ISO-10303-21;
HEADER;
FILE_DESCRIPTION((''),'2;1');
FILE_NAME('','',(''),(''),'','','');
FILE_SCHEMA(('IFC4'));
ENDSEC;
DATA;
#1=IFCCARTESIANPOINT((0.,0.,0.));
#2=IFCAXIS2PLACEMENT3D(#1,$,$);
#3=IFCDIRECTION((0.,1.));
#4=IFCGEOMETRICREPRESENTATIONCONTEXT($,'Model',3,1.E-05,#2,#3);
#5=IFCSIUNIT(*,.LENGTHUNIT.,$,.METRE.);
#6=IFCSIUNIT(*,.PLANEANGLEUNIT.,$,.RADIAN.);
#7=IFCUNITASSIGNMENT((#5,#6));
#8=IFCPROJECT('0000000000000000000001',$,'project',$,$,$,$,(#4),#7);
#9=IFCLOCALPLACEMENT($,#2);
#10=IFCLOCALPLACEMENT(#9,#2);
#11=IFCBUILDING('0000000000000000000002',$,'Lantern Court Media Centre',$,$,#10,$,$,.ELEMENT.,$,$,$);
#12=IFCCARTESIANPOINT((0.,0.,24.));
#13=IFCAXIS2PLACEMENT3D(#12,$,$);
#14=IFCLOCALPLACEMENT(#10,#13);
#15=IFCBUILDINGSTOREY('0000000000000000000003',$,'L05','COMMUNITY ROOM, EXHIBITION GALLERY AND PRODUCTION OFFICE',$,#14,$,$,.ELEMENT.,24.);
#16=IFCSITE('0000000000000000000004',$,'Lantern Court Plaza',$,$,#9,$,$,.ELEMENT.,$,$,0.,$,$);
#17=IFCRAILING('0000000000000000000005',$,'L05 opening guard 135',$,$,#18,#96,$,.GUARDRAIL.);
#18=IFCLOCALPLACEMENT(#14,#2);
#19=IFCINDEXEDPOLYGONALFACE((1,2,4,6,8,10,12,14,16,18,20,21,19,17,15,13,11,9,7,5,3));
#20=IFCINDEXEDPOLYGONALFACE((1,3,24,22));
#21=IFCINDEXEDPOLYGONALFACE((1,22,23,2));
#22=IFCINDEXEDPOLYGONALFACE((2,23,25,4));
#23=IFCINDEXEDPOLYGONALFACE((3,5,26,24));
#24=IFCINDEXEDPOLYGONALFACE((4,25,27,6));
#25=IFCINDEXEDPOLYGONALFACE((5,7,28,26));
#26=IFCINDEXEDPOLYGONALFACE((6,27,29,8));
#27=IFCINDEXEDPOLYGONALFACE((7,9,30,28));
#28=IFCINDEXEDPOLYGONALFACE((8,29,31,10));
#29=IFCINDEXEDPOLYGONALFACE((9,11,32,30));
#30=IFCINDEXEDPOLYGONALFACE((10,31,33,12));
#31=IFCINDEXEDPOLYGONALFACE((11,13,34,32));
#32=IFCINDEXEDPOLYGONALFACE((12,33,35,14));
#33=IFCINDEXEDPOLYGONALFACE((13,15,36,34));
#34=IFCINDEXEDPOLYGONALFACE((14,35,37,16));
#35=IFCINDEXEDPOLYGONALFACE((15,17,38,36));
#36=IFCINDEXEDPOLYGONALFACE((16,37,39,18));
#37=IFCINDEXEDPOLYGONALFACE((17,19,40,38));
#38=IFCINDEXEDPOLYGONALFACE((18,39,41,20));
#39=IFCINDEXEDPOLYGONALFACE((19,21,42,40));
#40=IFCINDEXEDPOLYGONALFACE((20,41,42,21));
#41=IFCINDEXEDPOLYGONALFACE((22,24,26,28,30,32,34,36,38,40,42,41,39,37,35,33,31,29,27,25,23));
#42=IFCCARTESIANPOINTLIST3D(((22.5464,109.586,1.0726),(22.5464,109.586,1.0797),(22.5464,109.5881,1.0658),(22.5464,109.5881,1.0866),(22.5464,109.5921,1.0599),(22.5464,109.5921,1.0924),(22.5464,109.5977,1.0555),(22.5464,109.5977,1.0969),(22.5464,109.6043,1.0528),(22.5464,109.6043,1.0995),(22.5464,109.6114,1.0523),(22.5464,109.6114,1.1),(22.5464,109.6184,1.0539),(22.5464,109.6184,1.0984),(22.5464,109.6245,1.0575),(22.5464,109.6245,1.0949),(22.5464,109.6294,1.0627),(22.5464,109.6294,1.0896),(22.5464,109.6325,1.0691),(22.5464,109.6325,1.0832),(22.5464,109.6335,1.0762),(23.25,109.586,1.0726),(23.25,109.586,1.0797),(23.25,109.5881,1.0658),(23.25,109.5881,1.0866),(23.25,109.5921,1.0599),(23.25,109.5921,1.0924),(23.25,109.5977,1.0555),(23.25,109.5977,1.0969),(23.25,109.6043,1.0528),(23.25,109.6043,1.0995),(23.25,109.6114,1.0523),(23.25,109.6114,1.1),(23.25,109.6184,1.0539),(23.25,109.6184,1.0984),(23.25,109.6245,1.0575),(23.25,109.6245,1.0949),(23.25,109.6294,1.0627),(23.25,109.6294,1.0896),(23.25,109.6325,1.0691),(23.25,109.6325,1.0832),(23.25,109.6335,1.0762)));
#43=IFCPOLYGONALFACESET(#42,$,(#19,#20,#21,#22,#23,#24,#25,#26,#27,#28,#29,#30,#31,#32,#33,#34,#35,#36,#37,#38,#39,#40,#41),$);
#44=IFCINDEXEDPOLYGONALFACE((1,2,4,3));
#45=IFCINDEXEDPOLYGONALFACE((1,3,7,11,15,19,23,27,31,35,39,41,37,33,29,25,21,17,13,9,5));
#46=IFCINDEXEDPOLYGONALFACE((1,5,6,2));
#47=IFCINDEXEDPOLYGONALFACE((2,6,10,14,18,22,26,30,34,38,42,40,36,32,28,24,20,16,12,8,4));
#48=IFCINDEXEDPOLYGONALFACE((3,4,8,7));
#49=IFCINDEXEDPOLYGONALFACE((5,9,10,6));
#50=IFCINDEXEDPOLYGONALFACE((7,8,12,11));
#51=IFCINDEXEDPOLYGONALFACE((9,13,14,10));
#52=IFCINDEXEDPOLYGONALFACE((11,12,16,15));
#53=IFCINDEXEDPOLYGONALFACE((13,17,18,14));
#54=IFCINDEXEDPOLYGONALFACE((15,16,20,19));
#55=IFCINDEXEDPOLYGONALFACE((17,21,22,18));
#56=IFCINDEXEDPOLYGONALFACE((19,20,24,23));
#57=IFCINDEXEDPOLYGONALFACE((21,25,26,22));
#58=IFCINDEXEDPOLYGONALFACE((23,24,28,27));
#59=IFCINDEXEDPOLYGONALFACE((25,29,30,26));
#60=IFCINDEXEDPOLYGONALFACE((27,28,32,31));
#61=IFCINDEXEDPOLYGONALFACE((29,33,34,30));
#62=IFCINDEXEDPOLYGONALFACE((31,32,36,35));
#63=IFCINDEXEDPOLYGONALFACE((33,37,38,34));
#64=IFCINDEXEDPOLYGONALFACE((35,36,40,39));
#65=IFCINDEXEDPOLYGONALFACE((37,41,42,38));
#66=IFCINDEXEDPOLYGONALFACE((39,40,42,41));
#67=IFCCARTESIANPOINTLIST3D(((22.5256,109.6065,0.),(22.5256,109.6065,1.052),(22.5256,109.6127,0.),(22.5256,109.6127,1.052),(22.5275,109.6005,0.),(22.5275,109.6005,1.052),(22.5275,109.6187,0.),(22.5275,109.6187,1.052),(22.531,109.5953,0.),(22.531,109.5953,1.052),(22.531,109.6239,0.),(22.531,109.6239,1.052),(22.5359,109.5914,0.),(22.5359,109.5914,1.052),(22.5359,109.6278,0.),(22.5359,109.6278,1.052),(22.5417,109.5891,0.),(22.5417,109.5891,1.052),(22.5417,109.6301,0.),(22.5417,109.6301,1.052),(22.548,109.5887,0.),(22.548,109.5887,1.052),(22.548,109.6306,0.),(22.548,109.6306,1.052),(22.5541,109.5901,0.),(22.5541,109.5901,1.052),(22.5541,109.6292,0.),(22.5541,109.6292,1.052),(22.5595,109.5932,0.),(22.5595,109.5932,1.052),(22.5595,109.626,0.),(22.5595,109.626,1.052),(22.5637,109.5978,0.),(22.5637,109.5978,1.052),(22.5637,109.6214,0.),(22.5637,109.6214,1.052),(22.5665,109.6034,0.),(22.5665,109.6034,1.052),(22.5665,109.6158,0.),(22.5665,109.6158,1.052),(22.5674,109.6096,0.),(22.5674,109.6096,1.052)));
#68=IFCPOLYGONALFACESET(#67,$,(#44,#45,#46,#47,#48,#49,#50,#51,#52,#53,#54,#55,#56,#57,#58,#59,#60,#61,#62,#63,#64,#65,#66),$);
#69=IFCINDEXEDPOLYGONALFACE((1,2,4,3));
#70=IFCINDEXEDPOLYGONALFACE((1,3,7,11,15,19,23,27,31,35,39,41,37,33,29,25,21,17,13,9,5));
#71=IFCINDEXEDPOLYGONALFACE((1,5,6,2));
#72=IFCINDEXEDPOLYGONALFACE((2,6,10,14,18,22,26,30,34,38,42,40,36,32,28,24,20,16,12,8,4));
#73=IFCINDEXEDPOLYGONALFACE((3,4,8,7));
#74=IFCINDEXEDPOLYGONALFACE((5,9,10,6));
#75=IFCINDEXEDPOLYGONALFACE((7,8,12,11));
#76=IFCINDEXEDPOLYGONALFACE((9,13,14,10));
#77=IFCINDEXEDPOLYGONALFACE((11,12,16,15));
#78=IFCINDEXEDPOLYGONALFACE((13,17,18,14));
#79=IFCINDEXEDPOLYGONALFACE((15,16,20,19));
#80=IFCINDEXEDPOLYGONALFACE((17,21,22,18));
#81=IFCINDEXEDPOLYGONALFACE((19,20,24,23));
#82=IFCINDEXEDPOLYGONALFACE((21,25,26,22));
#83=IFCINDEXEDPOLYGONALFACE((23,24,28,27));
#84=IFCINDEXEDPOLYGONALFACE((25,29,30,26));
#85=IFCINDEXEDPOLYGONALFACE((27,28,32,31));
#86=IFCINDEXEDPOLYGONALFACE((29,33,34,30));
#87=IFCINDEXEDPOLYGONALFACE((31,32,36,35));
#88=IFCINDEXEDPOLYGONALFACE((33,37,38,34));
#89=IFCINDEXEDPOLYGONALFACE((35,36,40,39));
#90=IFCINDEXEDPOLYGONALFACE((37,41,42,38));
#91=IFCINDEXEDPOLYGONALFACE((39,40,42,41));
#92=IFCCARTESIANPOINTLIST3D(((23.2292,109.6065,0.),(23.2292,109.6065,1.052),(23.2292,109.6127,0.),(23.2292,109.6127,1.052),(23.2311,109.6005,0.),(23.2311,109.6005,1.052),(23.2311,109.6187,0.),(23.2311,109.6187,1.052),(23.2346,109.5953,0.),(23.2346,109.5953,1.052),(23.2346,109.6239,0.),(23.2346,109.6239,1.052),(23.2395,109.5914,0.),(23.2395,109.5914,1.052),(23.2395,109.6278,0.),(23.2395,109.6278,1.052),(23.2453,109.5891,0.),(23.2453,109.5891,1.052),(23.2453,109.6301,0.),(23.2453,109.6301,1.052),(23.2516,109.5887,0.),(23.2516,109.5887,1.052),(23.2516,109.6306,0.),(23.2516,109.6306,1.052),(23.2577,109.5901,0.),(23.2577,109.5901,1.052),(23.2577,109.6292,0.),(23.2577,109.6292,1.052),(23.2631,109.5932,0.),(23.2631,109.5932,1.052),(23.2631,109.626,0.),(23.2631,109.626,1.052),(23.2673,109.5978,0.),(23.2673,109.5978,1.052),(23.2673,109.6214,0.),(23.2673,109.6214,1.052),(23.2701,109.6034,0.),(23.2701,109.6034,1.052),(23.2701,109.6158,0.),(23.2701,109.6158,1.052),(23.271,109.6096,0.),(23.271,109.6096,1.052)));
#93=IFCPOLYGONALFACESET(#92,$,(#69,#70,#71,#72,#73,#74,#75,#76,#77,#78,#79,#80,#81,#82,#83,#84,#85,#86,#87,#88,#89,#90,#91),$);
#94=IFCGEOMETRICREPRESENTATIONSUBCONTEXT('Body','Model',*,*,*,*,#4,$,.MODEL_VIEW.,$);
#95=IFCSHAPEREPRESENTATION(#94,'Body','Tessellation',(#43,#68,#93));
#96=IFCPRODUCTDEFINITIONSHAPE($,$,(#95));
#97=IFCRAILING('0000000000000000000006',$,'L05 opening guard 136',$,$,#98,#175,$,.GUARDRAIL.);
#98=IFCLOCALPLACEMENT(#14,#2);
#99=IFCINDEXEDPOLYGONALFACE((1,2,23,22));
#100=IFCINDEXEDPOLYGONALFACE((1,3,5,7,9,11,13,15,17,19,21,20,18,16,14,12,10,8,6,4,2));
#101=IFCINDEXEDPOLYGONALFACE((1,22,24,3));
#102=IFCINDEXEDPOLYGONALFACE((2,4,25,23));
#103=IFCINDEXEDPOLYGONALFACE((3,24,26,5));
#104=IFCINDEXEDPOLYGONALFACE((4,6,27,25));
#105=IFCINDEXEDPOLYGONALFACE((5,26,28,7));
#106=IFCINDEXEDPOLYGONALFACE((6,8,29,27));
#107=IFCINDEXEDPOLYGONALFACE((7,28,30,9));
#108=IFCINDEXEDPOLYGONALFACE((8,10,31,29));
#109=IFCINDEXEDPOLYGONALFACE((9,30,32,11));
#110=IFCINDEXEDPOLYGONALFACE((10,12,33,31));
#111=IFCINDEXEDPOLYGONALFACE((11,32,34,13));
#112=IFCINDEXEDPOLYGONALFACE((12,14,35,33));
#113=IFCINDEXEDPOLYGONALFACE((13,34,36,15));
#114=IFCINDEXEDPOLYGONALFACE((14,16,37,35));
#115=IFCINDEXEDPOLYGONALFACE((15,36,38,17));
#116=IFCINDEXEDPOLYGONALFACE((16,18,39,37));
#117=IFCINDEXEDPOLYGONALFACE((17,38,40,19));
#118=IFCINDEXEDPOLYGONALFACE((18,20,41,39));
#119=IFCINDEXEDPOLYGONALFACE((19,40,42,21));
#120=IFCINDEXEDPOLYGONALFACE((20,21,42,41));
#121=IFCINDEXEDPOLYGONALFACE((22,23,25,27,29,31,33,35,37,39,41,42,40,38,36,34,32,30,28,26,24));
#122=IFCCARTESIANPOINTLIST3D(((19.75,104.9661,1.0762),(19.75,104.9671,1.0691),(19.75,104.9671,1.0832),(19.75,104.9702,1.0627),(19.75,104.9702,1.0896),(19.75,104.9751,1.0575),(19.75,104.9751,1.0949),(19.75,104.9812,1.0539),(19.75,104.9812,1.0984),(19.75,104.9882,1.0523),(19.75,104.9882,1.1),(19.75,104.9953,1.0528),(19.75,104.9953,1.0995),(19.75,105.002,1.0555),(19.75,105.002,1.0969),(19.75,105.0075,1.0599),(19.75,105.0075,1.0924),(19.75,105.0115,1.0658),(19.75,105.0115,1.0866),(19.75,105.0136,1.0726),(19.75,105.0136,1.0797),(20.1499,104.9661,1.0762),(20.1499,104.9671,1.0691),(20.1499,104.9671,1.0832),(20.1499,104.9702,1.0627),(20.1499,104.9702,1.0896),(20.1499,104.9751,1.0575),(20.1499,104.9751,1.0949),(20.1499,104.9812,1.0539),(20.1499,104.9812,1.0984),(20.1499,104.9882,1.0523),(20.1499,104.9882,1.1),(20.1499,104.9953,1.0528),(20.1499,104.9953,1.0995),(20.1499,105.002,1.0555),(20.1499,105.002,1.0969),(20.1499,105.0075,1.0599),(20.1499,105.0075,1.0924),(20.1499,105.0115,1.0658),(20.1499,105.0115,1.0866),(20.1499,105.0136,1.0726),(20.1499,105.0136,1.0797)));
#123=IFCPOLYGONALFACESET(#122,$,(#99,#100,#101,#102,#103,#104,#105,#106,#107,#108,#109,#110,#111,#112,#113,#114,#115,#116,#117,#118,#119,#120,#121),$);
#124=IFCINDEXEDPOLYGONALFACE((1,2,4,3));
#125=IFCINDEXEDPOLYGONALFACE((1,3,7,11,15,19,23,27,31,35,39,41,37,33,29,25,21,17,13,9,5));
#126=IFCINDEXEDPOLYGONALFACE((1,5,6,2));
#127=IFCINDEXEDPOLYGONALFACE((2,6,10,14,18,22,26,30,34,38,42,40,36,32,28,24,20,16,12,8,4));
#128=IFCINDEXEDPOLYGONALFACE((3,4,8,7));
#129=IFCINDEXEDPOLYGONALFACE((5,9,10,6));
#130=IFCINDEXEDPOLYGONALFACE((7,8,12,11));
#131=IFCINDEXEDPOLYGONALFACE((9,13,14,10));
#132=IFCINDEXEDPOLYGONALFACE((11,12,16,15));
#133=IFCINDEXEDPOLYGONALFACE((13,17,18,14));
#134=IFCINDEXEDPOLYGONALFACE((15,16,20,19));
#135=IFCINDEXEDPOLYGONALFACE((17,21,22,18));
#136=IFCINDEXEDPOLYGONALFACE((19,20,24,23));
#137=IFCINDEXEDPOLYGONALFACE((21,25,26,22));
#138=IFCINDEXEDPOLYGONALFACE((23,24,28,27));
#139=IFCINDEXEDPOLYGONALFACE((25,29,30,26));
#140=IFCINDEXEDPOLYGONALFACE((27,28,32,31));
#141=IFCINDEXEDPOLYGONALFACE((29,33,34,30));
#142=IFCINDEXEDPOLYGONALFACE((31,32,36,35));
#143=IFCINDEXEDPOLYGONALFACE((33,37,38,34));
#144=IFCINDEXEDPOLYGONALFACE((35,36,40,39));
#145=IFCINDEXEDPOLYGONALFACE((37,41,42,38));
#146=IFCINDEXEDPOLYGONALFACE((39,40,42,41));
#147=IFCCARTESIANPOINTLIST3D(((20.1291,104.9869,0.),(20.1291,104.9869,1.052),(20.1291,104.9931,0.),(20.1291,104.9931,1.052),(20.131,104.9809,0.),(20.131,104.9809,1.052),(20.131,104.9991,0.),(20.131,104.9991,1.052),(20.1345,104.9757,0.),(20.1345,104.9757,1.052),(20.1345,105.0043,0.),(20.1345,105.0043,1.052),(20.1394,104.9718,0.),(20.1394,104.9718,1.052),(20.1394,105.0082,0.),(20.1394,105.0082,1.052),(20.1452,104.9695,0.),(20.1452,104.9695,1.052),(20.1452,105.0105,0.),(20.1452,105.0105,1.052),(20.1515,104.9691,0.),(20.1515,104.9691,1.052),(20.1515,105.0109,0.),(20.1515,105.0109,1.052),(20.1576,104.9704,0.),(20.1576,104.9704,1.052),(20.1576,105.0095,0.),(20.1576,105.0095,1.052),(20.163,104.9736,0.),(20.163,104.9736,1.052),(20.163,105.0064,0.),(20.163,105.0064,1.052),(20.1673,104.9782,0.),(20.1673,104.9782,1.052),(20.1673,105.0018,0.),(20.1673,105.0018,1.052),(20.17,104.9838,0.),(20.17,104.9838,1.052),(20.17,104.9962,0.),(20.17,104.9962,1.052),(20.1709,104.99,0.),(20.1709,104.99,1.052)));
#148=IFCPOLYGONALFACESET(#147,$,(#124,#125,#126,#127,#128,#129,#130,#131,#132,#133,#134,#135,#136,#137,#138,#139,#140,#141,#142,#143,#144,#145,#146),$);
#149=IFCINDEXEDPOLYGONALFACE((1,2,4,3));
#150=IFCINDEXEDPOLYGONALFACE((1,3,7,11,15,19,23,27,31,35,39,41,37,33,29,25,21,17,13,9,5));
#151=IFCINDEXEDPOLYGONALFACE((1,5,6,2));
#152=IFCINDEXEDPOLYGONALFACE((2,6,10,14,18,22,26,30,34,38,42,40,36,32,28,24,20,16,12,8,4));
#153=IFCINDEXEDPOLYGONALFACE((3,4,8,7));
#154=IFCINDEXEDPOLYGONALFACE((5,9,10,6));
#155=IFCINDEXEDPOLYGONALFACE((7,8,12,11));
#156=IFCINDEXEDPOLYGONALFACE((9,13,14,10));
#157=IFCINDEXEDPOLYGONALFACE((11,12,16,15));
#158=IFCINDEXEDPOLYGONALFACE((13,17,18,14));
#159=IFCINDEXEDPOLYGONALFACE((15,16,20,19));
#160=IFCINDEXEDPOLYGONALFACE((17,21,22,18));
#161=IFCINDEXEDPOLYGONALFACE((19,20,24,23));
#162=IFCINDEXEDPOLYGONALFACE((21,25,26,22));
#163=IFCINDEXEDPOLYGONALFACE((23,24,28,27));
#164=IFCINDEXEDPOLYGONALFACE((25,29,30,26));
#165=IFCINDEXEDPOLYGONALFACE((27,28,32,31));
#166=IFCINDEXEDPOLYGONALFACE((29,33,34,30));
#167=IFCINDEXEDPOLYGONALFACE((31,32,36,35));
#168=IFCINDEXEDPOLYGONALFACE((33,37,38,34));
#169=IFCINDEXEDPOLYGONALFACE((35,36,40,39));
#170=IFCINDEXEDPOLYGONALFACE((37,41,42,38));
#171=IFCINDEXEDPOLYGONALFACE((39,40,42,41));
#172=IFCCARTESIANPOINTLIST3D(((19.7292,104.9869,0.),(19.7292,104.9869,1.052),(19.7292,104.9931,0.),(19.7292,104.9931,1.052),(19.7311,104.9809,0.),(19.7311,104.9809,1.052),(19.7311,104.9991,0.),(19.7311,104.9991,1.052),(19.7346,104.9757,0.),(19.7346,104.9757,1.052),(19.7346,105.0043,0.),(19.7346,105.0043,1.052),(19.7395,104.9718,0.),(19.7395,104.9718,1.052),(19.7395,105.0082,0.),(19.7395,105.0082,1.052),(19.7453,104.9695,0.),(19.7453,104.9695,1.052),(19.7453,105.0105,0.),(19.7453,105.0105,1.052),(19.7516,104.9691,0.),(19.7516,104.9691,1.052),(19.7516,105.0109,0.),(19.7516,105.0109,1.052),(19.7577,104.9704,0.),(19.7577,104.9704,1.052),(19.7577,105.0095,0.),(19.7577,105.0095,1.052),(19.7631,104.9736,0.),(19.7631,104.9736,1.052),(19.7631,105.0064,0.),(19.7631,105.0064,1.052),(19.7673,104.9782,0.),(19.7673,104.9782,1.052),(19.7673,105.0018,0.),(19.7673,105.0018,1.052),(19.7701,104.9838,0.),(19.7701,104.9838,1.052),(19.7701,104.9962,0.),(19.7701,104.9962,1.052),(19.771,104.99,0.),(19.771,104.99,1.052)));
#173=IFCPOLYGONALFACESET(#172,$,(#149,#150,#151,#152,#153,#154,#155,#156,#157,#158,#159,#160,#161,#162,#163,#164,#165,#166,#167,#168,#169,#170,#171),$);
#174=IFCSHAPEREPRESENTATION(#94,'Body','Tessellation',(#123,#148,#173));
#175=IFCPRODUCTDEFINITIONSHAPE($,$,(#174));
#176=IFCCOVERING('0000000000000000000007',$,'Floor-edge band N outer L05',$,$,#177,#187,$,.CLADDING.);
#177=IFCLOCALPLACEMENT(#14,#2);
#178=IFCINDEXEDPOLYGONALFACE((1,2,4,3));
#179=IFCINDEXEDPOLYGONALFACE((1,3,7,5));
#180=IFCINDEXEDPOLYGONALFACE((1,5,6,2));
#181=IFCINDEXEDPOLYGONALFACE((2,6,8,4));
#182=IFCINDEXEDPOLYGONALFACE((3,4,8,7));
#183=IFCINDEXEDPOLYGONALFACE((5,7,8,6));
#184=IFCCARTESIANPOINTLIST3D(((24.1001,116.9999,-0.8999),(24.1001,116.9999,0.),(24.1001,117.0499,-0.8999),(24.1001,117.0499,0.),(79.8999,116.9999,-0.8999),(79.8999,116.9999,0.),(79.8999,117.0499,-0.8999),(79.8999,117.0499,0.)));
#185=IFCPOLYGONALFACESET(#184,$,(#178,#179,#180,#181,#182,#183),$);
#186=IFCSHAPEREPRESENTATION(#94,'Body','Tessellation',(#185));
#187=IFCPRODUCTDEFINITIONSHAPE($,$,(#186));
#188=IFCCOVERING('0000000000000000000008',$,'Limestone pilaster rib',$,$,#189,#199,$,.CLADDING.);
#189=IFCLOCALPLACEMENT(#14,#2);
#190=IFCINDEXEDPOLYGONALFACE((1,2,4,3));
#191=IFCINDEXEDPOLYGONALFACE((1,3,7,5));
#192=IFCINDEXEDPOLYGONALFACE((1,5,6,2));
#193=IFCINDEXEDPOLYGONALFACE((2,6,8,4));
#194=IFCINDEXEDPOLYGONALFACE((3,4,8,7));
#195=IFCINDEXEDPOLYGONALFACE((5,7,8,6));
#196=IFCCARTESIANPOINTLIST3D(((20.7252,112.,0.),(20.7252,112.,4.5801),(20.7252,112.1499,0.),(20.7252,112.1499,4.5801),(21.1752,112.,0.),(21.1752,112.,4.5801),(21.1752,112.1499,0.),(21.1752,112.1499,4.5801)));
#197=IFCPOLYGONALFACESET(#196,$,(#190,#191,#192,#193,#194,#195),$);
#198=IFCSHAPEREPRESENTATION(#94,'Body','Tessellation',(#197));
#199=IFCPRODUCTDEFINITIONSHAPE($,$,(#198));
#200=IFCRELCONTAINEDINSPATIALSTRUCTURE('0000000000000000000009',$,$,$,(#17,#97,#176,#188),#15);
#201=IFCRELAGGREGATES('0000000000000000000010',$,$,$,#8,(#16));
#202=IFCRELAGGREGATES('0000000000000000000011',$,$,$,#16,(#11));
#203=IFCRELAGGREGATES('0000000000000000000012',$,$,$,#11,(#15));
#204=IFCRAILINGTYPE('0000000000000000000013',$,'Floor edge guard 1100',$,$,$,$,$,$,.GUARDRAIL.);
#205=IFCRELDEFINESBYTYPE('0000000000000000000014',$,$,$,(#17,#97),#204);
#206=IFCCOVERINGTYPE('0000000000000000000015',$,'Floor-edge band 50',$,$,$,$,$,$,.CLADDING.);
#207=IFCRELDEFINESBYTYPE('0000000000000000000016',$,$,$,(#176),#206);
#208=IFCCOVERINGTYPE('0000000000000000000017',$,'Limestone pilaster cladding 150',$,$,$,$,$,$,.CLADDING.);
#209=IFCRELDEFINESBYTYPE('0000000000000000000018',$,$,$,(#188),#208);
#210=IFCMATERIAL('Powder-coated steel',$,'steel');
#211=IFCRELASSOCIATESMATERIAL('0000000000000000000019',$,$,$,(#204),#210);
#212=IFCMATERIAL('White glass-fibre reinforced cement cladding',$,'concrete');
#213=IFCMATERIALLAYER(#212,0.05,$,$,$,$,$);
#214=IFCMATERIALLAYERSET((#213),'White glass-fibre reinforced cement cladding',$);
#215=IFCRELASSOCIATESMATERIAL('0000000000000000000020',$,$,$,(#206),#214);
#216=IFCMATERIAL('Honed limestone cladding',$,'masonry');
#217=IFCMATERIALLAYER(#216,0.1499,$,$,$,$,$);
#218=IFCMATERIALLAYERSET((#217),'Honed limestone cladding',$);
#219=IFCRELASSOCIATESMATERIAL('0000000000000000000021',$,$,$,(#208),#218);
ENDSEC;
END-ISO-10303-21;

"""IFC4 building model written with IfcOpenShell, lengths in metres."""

from ifc_helpers import new_model, si_unit, direction, frame, frame_2d, origin, origin_2d, place, context, subcontext, project, spatial, rectangle, circle, extrude, material, layer, layer_set, type_object, element, save


model = new_model("IFC4")

# Units and contexts
model_context = context("Model", 3, precision=1e-05, world=origin(), true_north=direction((0.0, 1.0)))
body_context = subcontext(model_context, "Body", "Model", "MODEL_VIEW")
ifc_project = project(units=[si_unit("LENGTHUNIT", "METRE"), si_unit("PLANEANGLEUNIT", "RADIAN")], contexts=[model_context])

# Site, building, storey
site_placement = place(None, origin())
site = spatial("IfcSite", under=ifc_project, at=site_placement, Name="Lantern Court Plaza", CompositionType="ELEMENT", RefElevation=0.0)
building_placement = place(site_placement, origin())
building = spatial("IfcBuilding", under=site, at=building_placement, Name="Lantern Court Media Centre", CompositionType="ELEMENT")
storey_placement = place(building_placement, frame((0.0, 0.0, 24.0)))
storey = spatial("IfcBuildingStorey", under=building, at=storey_placement, Name="L05", Description="COMMUNITY ROOM, EXHIBITION GALLERY AND PRODUCTION OFFICE", CompositionType="ELEMENT", Elevation=24.0)

# Railings
ifc_material_1 = material(Name="Powder-coated steel", Category="steel")
railing_type_1 = type_object("IfcRailingType", Name="Floor edge guard 1100", PredefinedType="GUARDRAIL", material=ifc_material_1)
for number, where, name in (
    (1, (22.5464, 109.6096, 0.0), "L05 opening guard 135"),
):
    element("IfcRailing", number, at=place(storey_placement, frame(where)), inside=storey, type_object=railing_type_1, Name=name, PredefinedType="GUARDRAIL", context=body_context, shape_type="SweptSolid", body=[
        extrude(circle(Radius=0.0239, at=origin_2d()), frame((0.0, 0.0, 1.0762), z_axis=(1.0, 0.0, 0.0), x_axis=(0.0, 1.0, 0.0)), (0.0, 0.0, 1.0), 0.7036),
        extrude(circle(Radius=0.021, at=origin_2d()), origin(), (0.0, 0.0, 1.0), 1.052),
        extrude(circle(Radius=0.021, at=origin_2d()), frame((0.7036, 0.0, 0.0)), (0.0, 0.0, 1.0), 1.052),
    ])
railing_1_placement = place(storey_placement, frame((20.1499, 104.99, 0.0)))
element("IfcRailing", 2, at=railing_1_placement, inside=storey, type_object=railing_type_1, Name="L05 opening guard 136", PredefinedType="GUARDRAIL", context=body_context, shape_type="SweptSolid", body=[
    extrude(circle(Radius=0.0239, at=origin_2d()), frame((0.0, 0.0, 1.0762), z_axis=(-1.0, 0.0, 0.0), x_axis=(0.0, -1.0, 0.0)), (0.0, 0.0, 1.0), 0.3999),
    extrude(circle(Radius=0.021, at=origin_2d()), origin(), (0.0, 0.0, 1.0), 1.052),
    extrude(circle(Radius=0.021, at=origin_2d()), frame((-0.3999, 0.0, 0.0)), (0.0, 0.0, 1.0), 1.052),
])

# Coverings
ifc_material_2 = material(Name="White glass-fibre reinforced cement cladding", Category="concrete")
ifc_layer_1 = layer(ifc_material_2, 0.05)
ifc_layer_set_1 = layer_set([ifc_layer_1], Name="White glass-fibre reinforced cement cladding")
covering_type_1 = type_object("IfcCoveringType", Name="Floor-edge band 50", PredefinedType="CLADDING", material=ifc_layer_set_1)
covering_1_placement = place(storey_placement, frame((24.1001, 117.0249, -0.8999), z_axis=(0.0, 0.0, 1.0), x_axis=(1.0, 0.0, 0.0)))
element("IfcCovering", 3, at=covering_1_placement, inside=storey, type_object=covering_type_1, Name="Floor-edge band N outer L05", PredefinedType="CLADDING", context=body_context, shape_type="SweptSolid", body=[
    extrude(rectangle(XDim=55.7998, YDim=0.05, at=frame_2d((27.8999, 0.0))), origin(), (0.0, 0.0, 1.0), 0.8999),
])
ifc_material_3 = material(Name="Honed limestone cladding", Category="masonry")
ifc_layer_2 = layer(ifc_material_3, 0.1499)
ifc_layer_set_2 = layer_set([ifc_layer_2], Name="Honed limestone cladding")
covering_type_2 = type_object("IfcCoveringType", Name="Limestone pilaster cladding 150", PredefinedType="CLADDING", material=ifc_layer_set_2)
covering_2_placement = place(storey_placement, frame((20.7251, 112.075, 0.0), z_axis=(0.0, 0.0, 1.0), x_axis=(1.0, 0.0, 0.0)))
element("IfcCovering", 4, at=covering_2_placement, inside=storey, type_object=covering_type_2, Name="Limestone pilaster rib", PredefinedType="CLADDING", context=body_context, shape_type="SweptSolid", body=[
    extrude(rectangle(XDim=0.45, YDim=0.1499, at=frame_2d((0.2251, 0.0))), origin(), (0.0, 0.0, 1.0), 4.5801),
])

save(model, "model.ifc")
